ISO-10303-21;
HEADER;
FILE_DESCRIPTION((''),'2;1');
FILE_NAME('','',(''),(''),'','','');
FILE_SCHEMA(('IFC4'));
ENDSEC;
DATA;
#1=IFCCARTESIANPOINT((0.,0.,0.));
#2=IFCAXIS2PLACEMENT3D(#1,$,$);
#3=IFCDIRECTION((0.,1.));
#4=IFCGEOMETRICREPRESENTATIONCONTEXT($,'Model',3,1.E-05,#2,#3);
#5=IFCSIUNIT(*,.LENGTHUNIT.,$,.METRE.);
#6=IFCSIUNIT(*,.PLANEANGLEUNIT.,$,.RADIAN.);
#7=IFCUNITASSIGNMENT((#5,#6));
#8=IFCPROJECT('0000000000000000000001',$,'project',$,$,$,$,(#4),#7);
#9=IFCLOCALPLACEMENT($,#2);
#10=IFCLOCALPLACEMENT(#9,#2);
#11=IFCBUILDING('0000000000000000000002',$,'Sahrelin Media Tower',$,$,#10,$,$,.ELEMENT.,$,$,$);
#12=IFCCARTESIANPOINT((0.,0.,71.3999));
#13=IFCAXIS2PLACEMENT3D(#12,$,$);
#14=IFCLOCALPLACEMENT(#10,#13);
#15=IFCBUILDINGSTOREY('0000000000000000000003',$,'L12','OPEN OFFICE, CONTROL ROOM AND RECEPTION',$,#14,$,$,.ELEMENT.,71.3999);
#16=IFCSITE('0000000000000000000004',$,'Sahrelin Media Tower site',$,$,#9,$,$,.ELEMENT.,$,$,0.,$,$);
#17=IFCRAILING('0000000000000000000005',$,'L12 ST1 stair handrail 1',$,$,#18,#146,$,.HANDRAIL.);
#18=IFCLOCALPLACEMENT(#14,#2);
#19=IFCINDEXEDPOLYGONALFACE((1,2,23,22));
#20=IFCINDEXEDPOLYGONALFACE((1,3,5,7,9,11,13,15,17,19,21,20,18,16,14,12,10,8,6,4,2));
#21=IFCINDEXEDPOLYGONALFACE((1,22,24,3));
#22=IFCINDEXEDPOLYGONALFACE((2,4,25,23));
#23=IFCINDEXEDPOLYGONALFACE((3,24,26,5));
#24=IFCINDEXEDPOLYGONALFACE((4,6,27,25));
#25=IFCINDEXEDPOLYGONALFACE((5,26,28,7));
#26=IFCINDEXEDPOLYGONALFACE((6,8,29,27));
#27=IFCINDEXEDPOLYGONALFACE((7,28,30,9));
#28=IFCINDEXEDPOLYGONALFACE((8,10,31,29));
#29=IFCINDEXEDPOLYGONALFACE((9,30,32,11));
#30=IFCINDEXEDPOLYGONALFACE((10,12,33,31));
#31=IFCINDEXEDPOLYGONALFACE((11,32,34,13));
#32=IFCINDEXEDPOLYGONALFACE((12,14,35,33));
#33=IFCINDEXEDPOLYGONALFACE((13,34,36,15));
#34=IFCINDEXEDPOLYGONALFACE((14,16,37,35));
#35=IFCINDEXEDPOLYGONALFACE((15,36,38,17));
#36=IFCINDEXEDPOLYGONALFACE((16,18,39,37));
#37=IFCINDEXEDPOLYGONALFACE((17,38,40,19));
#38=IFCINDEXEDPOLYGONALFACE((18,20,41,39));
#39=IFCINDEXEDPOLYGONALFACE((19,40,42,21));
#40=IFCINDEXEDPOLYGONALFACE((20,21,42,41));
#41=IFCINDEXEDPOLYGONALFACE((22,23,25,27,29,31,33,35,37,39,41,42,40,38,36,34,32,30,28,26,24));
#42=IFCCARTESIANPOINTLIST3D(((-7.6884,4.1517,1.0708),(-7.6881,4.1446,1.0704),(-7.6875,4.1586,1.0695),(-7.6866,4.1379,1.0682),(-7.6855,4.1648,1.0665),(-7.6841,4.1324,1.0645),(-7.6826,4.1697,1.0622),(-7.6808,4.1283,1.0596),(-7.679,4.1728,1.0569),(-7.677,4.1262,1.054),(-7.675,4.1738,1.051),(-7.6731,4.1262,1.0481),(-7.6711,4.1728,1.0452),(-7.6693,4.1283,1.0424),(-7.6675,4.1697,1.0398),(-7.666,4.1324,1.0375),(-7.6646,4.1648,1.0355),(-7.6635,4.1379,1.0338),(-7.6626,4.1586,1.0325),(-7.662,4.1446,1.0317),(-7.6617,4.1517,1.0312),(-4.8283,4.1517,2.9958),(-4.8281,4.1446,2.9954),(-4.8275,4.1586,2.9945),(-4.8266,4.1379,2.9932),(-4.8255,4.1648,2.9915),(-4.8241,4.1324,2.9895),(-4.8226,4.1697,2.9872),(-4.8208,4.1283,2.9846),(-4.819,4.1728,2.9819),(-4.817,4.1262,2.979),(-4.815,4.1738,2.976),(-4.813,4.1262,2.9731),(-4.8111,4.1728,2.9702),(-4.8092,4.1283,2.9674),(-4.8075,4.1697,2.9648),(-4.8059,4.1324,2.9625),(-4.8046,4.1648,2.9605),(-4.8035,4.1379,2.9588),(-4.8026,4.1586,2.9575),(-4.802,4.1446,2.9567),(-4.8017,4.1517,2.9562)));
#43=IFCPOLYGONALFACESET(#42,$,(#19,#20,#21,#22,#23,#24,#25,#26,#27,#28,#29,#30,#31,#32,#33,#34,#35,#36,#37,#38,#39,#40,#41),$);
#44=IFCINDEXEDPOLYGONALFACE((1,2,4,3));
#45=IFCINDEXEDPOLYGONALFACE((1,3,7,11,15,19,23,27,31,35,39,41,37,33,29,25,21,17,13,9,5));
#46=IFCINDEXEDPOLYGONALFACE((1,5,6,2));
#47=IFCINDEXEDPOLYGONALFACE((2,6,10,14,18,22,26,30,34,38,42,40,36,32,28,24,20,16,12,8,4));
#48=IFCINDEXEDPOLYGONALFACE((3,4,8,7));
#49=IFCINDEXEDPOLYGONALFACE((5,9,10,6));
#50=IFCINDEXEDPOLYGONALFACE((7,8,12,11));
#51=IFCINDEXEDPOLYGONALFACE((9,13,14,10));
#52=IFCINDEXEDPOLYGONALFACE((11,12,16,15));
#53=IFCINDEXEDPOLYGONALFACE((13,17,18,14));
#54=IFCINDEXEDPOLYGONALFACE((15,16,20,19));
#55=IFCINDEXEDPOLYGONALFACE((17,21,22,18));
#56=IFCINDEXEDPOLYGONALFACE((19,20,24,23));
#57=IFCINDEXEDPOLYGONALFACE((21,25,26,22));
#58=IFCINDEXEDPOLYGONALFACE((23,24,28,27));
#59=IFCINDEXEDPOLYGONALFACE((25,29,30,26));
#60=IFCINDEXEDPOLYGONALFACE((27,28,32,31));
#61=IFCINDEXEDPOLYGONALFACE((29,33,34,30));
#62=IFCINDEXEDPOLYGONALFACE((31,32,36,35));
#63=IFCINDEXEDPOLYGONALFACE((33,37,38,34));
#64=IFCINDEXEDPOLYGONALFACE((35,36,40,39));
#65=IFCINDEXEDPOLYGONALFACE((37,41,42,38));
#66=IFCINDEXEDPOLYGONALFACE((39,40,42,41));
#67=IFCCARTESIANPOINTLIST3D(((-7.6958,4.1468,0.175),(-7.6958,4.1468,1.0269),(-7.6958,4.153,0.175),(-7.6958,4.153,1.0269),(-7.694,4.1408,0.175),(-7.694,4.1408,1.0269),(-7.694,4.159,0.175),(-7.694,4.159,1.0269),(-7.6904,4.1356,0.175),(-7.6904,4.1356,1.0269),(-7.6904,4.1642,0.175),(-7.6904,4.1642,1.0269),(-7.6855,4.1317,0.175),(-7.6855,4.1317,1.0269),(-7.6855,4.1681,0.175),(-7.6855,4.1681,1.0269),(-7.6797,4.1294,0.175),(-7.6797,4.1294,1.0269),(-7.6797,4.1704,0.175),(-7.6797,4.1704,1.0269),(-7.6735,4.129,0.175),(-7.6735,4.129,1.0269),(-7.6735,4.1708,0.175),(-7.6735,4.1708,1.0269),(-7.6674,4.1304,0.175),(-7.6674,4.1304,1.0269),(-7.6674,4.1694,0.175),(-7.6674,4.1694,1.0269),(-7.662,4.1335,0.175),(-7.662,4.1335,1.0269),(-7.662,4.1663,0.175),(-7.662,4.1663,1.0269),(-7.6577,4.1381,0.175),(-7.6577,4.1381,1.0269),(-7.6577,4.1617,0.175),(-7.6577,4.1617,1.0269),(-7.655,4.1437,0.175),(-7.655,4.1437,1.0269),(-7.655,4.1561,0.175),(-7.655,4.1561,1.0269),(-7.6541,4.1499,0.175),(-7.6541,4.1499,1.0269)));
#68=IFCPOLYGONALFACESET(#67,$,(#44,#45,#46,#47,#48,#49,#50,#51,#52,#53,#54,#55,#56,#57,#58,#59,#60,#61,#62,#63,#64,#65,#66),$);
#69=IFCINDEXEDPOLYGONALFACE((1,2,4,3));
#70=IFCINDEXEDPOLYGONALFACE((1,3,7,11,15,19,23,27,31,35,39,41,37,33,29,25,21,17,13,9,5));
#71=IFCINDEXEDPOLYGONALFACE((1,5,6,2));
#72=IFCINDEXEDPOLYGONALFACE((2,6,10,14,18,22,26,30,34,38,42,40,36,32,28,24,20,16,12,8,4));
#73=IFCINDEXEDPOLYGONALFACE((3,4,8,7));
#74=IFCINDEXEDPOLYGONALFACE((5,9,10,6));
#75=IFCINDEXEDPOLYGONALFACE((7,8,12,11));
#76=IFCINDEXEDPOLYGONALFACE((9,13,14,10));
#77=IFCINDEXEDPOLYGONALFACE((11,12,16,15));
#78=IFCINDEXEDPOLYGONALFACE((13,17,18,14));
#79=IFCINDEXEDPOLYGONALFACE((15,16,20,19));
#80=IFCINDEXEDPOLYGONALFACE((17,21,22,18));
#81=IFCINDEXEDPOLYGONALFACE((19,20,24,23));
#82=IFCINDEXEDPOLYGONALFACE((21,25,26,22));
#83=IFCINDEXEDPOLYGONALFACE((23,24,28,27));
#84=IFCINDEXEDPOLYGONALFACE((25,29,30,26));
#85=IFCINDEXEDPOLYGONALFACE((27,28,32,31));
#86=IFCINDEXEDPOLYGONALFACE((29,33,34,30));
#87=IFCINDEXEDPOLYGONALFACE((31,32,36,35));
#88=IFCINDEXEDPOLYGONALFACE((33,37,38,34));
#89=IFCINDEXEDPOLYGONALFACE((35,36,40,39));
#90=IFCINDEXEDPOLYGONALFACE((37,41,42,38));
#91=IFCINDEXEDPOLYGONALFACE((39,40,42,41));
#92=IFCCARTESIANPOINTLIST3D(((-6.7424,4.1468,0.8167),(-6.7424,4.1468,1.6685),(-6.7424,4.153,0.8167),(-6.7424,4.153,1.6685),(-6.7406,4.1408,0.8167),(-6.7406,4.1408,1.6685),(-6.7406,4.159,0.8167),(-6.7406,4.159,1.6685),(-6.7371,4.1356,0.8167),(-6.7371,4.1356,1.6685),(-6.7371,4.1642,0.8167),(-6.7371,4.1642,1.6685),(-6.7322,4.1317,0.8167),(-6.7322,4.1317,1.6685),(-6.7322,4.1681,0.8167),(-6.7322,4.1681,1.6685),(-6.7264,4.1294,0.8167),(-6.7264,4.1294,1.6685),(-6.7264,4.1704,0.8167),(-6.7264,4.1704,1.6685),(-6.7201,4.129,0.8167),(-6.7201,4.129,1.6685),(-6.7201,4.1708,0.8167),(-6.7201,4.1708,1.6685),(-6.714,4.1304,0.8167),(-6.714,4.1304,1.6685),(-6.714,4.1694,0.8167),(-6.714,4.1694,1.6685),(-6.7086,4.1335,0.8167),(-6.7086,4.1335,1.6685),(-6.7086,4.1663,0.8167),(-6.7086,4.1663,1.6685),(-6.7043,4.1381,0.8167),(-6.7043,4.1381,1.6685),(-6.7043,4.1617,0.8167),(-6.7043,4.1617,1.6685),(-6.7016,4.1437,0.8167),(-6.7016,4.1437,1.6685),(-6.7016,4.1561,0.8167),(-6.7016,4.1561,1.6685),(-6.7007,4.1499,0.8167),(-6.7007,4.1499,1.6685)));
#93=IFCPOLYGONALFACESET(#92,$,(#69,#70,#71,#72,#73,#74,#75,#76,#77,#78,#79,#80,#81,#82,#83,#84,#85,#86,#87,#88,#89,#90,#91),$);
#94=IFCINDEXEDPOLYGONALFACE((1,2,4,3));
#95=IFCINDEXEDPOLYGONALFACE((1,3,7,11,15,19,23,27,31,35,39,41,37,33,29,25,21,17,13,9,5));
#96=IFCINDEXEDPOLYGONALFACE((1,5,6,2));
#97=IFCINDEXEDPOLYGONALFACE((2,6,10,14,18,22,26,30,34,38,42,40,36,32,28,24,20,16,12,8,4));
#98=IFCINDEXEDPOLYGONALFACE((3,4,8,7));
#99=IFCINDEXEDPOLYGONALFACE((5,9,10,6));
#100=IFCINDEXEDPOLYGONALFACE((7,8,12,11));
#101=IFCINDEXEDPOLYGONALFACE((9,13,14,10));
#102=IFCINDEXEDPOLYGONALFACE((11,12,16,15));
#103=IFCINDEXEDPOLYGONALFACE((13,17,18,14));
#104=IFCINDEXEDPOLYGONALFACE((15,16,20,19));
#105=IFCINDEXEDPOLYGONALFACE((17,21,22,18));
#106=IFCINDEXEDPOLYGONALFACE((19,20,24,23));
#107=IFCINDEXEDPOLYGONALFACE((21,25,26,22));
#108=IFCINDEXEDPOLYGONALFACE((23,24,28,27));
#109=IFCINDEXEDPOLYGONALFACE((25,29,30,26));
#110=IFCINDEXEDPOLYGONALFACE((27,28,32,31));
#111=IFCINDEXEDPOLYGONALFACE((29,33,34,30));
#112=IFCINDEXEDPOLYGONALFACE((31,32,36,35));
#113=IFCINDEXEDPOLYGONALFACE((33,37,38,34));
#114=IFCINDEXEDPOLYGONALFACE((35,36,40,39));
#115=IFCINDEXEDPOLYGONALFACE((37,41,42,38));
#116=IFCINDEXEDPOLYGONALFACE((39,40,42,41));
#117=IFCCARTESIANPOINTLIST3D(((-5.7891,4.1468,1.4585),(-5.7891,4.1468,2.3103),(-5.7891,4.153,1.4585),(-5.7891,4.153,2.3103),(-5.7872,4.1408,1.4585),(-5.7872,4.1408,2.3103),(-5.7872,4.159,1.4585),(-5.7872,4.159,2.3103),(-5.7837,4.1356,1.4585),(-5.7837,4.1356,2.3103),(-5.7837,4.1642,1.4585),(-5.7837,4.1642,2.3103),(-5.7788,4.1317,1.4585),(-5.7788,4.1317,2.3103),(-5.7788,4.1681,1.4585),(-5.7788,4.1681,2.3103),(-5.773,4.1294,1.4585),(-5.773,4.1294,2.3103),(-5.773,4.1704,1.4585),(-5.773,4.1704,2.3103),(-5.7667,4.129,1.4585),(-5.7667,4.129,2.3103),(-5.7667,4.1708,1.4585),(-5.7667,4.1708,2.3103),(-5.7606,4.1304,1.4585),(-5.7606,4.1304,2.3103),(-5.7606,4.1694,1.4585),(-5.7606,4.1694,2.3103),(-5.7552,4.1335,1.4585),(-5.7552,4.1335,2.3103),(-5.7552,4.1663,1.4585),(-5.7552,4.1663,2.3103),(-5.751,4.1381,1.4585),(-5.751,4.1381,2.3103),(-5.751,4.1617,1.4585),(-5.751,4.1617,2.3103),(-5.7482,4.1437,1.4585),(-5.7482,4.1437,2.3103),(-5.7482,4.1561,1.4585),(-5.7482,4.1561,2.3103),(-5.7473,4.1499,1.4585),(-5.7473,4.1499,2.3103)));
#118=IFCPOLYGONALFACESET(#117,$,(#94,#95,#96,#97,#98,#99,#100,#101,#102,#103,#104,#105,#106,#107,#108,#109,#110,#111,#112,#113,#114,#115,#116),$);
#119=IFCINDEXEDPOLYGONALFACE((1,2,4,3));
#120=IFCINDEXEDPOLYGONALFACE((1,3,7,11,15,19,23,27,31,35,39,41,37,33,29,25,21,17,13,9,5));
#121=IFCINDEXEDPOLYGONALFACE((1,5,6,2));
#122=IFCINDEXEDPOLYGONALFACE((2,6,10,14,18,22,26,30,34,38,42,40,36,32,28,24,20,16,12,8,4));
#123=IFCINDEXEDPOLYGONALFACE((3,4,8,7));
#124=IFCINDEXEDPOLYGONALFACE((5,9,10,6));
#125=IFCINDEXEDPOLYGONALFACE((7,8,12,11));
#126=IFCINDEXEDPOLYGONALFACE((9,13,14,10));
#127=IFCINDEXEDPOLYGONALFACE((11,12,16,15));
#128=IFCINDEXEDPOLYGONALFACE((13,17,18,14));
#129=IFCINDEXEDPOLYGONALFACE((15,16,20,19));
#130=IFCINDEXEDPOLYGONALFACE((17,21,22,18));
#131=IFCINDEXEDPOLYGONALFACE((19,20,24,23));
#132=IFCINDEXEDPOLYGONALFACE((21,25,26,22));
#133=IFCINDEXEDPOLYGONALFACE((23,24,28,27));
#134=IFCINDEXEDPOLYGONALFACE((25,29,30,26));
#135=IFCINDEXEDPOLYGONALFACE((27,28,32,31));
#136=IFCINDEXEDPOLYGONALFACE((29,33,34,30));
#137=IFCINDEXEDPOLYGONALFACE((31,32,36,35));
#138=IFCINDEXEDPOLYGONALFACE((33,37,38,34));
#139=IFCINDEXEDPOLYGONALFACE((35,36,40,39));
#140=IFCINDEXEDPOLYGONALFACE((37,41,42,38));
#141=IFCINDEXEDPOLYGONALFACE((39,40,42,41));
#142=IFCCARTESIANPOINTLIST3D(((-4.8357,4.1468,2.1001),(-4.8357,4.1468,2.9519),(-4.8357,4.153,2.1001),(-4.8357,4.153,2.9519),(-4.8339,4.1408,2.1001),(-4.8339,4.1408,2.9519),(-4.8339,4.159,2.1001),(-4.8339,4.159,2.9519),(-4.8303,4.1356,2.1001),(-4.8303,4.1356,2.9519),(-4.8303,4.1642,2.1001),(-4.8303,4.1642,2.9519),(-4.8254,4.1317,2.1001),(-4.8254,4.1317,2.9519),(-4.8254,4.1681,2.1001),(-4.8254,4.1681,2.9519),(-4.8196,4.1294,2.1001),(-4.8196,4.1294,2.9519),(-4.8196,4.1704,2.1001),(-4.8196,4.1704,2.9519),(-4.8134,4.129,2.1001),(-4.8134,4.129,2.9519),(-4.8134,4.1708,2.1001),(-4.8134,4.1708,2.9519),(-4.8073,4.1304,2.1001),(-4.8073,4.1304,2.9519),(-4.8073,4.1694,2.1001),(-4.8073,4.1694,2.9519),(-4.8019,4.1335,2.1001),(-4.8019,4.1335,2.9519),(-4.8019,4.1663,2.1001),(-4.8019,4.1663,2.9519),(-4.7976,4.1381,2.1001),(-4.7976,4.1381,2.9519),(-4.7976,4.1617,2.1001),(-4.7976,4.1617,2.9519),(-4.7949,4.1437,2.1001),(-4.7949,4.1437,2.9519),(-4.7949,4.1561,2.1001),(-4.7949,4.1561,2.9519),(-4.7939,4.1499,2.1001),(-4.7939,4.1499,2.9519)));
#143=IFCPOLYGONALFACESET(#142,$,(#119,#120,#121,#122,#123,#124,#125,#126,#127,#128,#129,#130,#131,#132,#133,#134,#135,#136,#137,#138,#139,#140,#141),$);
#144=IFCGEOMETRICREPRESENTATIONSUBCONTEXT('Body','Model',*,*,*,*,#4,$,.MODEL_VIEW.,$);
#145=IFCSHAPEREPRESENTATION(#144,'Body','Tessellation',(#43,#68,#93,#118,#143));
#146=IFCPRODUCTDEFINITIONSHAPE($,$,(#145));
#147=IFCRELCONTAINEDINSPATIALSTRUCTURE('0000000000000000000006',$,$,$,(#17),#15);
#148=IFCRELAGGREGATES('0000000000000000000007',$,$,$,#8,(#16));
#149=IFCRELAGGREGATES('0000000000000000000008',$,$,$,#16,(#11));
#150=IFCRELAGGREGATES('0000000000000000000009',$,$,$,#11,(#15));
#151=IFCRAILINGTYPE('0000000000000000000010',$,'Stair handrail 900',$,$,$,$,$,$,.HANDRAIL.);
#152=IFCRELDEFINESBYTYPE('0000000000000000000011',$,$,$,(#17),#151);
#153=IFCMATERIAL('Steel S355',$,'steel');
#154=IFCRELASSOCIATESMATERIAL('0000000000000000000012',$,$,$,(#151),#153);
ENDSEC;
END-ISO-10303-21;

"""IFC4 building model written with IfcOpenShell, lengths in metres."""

from ifc_helpers import new_model, si_unit, direction, frame, origin, origin_2d, place, context, subcontext, project, spatial, circle, extrude, material, type_object, element, save


model = new_model("IFC4")

# Units and contexts
model_context = context("Model", 3, precision=1e-05, world=origin(), true_north=direction((0.0, 1.0)))
body_context = subcontext(model_context, "Body", "Model", "MODEL_VIEW")
ifc_project = project(units=[si_unit("LENGTHUNIT", "METRE"), si_unit("PLANEANGLEUNIT", "RADIAN")], contexts=[model_context])

# Site, building, storey
site_placement = place(None, origin())
site = spatial("IfcSite", under=ifc_project, at=site_placement, Name="Sahrelin Media Tower site", CompositionType="ELEMENT", RefElevation=0.0)
building_placement = place(site_placement, origin())
building = spatial("IfcBuilding", under=site, at=building_placement, Name="Sahrelin Media Tower", CompositionType="ELEMENT")
storey_placement = place(building_placement, frame((0.0, 0.0, 71.3999)))
storey = spatial("IfcBuildingStorey", under=building, at=storey_placement, Name="L12", Description="OPEN OFFICE, CONTROL ROOM AND RECEPTION", CompositionType="ELEMENT", Elevation=71.3999)

# Shared definitions
ifc_material_1 = material(Name="Steel S355", Category="steel")

# Railing
railing_type_1 = type_object("IfcRailingType", Name="Stair handrail 900", PredefinedType="HANDRAIL", material=ifc_material_1)
railing_1_placement = place(storey_placement, frame((-7.675, 4.1499, 0.175)))
element("IfcRailing", 1, at=railing_1_placement, inside=storey, type_object=railing_type_1, Name="L12 ST1 stair handrail 1", PredefinedType="HANDRAIL", context=body_context, shape_type="SweptSolid", body=[
    extrude(circle(Radius=0.0239, at=origin_2d()), frame((0.0, 0.0, 0.876), z_axis=(0.829591, 0.0, 0.558372), x_axis=(0.0, 1.0, 0.0)), (0.0, 0.0, 1.0), 3.4475),
    extrude(circle(Radius=0.021, at=origin_2d()), origin(), (0.0, 0.0, 1.0), 0.8518),
    extrude(circle(Radius=0.021, at=origin_2d()), frame((0.9534, 0.0, 0.6416)), (0.0, 0.0, 1.0), 0.8518),
    extrude(circle(Radius=0.021, at=origin_2d()), frame((1.9067, 0.0, 1.2834)), (0.0, 0.0, 1.0), 0.8518),
    extrude(circle(Radius=0.021, at=origin_2d()), frame((2.8601, 0.0, 1.925)), (0.0, 0.0, 1.0), 0.8518),
])

save(model, "model.ifc")
